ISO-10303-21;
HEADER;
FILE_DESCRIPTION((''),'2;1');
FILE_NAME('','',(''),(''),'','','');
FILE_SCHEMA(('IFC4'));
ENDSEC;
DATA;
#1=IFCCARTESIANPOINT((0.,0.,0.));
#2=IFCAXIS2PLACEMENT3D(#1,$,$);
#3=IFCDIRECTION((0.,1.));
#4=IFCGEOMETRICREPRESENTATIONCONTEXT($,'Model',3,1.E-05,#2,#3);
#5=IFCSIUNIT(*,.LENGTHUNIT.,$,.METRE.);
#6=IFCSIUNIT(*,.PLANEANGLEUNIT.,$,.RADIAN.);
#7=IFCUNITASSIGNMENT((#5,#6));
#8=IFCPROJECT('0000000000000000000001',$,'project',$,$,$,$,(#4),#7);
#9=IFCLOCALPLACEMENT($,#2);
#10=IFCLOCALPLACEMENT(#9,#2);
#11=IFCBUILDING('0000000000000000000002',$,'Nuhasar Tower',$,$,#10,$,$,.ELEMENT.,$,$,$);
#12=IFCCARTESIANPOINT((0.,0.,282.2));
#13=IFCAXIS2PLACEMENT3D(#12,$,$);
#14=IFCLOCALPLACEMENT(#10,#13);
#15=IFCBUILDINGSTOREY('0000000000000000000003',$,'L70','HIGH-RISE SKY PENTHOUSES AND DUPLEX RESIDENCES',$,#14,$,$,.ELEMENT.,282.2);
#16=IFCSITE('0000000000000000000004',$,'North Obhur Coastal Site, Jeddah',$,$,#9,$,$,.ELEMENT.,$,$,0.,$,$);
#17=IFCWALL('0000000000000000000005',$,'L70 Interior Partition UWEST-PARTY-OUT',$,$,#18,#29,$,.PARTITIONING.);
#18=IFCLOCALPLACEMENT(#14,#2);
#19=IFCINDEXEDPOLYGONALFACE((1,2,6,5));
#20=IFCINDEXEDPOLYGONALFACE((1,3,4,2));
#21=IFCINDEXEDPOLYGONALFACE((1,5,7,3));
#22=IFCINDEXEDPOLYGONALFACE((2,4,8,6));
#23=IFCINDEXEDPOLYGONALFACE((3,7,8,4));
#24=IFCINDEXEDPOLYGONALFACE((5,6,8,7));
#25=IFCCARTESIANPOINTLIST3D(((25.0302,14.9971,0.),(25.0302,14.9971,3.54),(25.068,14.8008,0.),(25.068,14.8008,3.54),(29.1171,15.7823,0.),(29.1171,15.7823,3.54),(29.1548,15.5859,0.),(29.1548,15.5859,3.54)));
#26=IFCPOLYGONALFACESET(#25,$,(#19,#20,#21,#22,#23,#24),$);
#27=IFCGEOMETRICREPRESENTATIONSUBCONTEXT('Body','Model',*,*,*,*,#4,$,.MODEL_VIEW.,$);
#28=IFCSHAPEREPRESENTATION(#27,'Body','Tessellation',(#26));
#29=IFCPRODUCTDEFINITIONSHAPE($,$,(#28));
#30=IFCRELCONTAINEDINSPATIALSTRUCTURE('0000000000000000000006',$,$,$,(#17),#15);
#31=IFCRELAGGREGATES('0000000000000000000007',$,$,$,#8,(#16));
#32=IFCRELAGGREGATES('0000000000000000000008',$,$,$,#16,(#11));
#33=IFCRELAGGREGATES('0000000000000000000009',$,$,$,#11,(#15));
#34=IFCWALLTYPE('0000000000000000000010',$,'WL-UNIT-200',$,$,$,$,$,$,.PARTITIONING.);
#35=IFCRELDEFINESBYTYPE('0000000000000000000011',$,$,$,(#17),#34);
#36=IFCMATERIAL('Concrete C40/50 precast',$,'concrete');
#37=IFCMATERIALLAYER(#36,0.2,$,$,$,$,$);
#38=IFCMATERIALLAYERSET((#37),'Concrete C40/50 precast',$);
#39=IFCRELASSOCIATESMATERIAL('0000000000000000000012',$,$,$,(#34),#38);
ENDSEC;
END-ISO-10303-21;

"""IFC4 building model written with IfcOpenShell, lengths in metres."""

from ifc_helpers import new_model, si_unit, direction, frame, frame_2d, origin, place, context, subcontext, project, spatial, rectangle, extrude, material, layer, layer_set, type_object, element, save


model = new_model("IFC4")

# Units and contexts
model_context = context("Model", 3, precision=1e-05, world=origin(), true_north=direction((0.0, 1.0)))
body_context = subcontext(model_context, "Body", "Model", "MODEL_VIEW")
ifc_project = project(units=[si_unit("LENGTHUNIT", "METRE"), si_unit("PLANEANGLEUNIT", "RADIAN")], contexts=[model_context])

# Site, building, storey
site_placement = place(None, origin())
site = spatial("IfcSite", under=ifc_project, at=site_placement, Name="North Obhur Coastal Site, Jeddah", CompositionType="ELEMENT", RefElevation=0.0)
building_placement = place(site_placement, origin())
building = spatial("IfcBuilding", under=site, at=building_placement, Name="Nuhasar Tower", CompositionType="ELEMENT")
storey_placement = place(building_placement, frame((0.0, 0.0, 282.2)))
storey = spatial("IfcBuildingStorey", under=building, at=storey_placement, Name="L70", Description="HIGH-RISE SKY PENTHOUSES AND DUPLEX RESIDENCES", CompositionType="ELEMENT", Elevation=282.2)

# Wall
ifc_material_1 = material(Name="Concrete C40/50 precast", Category="concrete")
ifc_layer_1 = layer(ifc_material_1, 0.2)
ifc_layer_set_1 = layer_set([ifc_layer_1], Name="Concrete C40/50 precast")
wall_type_1 = type_object("IfcWallType", Name="WL-UNIT-200", PredefinedType="PARTITIONING", material=ifc_layer_set_1)
wall_1_placement = place(storey_placement, frame((29.136, 15.6841, 0.0), z_axis=(0.0, 0.0, 1.0), x_axis=(-0.982042, -0.188665, 0.0)))
element("IfcWall", 1, at=wall_1_placement, inside=storey, type_object=wall_type_1, Name="L70 Interior Partition UWEST-PARTY-OUT", PredefinedType="PARTITIONING", context=body_context, shape_type="SweptSolid", body=[
    extrude(rectangle(XDim=4.1616, YDim=0.2, at=frame_2d((2.0808, 0.0))), origin(), (0.0, 0.0, 1.0), 3.54),
])

save(model, "model.ifc")
